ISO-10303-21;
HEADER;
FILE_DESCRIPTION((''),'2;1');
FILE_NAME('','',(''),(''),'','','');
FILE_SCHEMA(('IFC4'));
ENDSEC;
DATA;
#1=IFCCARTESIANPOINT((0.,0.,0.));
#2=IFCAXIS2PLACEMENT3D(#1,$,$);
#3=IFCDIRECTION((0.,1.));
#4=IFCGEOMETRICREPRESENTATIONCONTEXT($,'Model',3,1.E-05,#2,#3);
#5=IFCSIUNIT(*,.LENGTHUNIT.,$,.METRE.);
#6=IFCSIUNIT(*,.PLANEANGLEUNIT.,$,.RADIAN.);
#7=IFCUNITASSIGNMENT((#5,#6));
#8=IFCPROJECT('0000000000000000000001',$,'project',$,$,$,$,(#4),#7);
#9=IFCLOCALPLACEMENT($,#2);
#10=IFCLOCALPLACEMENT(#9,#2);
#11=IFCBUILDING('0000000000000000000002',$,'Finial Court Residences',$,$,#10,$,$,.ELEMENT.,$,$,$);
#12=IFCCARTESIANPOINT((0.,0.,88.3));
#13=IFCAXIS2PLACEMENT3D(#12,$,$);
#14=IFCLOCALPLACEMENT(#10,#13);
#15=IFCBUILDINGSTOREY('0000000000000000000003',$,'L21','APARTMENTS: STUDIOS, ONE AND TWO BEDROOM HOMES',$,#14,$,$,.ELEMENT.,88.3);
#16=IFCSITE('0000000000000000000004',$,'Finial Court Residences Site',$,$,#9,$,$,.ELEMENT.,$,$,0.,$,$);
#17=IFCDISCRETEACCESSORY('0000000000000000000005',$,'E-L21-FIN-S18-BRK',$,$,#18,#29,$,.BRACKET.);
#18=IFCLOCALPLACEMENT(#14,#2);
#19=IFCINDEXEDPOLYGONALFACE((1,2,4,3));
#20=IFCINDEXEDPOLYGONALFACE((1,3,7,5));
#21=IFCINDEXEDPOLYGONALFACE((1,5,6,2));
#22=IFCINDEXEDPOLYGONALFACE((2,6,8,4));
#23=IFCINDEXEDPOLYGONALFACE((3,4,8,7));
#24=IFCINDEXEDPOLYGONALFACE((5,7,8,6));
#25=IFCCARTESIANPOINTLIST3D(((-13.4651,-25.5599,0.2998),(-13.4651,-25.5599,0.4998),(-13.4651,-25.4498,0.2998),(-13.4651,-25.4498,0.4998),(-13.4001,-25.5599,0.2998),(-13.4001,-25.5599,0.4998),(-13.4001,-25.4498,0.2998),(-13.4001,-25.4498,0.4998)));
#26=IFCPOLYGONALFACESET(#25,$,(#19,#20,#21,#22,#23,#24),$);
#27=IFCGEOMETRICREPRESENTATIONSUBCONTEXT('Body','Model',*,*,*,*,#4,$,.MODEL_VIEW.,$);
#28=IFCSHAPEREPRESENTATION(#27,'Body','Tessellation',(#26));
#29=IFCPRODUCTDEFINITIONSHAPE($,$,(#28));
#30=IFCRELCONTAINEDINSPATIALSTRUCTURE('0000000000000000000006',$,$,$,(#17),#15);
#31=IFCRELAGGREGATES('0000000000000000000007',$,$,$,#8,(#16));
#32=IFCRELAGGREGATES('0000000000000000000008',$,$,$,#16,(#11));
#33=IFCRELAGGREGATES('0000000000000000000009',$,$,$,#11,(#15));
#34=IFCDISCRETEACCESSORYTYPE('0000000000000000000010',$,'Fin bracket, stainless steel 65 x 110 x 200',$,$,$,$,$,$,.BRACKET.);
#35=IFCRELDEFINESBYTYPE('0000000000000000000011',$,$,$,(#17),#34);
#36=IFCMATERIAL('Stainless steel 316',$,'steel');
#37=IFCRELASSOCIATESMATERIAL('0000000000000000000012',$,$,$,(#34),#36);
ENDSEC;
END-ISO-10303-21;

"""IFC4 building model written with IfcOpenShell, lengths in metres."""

from ifc_helpers import new_model, si_unit, direction, frame, origin, origin_2d, place, context, subcontext, project, spatial, rectangle, extrude, material, type_object, element, save


model = new_model("IFC4")

# Units and contexts
model_context = context("Model", 3, precision=1e-05, world=origin(), true_north=direction((0.0, 1.0)))
body_context = subcontext(model_context, "Body", "Model", "MODEL_VIEW")
ifc_project = project(units=[si_unit("LENGTHUNIT", "METRE"), si_unit("PLANEANGLEUNIT", "RADIAN")], contexts=[model_context])

# Site, building, storey
site_placement = place(None, origin())
site = spatial("IfcSite", under=ifc_project, at=site_placement, Name="Finial Court Residences Site", CompositionType="ELEMENT", RefElevation=0.0)
building_placement = place(site_placement, origin())
building = spatial("IfcBuilding", under=site, at=building_placement, Name="Finial Court Residences", CompositionType="ELEMENT")
storey_placement = place(building_placement, frame((0.0, 0.0, 88.3)))
storey = spatial("IfcBuildingStorey", under=building, at=storey_placement, Name="L21", Description="APARTMENTS: STUDIOS, ONE AND TWO BEDROOM HOMES", CompositionType="ELEMENT", Elevation=88.3)

# Discrete accessory
ifc_material_1 = material(Name="Stainless steel 316", Category="steel")
discrete_accessory_type = type_object("IfcDiscreteAccessoryType", Name="Fin bracket, stainless steel 65 x 110 x 200", PredefinedType="BRACKET", material=ifc_material_1)
discrete_accessory_placement = place(storey_placement, frame((-13.4326, -25.5049, 0.2998), z_axis=(0.0, 0.0, 1.0), x_axis=(1.0, 0.0, 0.0)))
element("IfcDiscreteAccessory", 1, at=discrete_accessory_placement, inside=storey, type_object=discrete_accessory_type, Name="E-L21-FIN-S18-BRK", PredefinedType="BRACKET", context=body_context, shape_type="SweptSolid", body=[
    extrude(rectangle(XDim=0.0649, YDim=0.1101, at=origin_2d()), origin(), (0.0, 0.0, 1.0), 0.2),
])

save(model, "model.ifc")
